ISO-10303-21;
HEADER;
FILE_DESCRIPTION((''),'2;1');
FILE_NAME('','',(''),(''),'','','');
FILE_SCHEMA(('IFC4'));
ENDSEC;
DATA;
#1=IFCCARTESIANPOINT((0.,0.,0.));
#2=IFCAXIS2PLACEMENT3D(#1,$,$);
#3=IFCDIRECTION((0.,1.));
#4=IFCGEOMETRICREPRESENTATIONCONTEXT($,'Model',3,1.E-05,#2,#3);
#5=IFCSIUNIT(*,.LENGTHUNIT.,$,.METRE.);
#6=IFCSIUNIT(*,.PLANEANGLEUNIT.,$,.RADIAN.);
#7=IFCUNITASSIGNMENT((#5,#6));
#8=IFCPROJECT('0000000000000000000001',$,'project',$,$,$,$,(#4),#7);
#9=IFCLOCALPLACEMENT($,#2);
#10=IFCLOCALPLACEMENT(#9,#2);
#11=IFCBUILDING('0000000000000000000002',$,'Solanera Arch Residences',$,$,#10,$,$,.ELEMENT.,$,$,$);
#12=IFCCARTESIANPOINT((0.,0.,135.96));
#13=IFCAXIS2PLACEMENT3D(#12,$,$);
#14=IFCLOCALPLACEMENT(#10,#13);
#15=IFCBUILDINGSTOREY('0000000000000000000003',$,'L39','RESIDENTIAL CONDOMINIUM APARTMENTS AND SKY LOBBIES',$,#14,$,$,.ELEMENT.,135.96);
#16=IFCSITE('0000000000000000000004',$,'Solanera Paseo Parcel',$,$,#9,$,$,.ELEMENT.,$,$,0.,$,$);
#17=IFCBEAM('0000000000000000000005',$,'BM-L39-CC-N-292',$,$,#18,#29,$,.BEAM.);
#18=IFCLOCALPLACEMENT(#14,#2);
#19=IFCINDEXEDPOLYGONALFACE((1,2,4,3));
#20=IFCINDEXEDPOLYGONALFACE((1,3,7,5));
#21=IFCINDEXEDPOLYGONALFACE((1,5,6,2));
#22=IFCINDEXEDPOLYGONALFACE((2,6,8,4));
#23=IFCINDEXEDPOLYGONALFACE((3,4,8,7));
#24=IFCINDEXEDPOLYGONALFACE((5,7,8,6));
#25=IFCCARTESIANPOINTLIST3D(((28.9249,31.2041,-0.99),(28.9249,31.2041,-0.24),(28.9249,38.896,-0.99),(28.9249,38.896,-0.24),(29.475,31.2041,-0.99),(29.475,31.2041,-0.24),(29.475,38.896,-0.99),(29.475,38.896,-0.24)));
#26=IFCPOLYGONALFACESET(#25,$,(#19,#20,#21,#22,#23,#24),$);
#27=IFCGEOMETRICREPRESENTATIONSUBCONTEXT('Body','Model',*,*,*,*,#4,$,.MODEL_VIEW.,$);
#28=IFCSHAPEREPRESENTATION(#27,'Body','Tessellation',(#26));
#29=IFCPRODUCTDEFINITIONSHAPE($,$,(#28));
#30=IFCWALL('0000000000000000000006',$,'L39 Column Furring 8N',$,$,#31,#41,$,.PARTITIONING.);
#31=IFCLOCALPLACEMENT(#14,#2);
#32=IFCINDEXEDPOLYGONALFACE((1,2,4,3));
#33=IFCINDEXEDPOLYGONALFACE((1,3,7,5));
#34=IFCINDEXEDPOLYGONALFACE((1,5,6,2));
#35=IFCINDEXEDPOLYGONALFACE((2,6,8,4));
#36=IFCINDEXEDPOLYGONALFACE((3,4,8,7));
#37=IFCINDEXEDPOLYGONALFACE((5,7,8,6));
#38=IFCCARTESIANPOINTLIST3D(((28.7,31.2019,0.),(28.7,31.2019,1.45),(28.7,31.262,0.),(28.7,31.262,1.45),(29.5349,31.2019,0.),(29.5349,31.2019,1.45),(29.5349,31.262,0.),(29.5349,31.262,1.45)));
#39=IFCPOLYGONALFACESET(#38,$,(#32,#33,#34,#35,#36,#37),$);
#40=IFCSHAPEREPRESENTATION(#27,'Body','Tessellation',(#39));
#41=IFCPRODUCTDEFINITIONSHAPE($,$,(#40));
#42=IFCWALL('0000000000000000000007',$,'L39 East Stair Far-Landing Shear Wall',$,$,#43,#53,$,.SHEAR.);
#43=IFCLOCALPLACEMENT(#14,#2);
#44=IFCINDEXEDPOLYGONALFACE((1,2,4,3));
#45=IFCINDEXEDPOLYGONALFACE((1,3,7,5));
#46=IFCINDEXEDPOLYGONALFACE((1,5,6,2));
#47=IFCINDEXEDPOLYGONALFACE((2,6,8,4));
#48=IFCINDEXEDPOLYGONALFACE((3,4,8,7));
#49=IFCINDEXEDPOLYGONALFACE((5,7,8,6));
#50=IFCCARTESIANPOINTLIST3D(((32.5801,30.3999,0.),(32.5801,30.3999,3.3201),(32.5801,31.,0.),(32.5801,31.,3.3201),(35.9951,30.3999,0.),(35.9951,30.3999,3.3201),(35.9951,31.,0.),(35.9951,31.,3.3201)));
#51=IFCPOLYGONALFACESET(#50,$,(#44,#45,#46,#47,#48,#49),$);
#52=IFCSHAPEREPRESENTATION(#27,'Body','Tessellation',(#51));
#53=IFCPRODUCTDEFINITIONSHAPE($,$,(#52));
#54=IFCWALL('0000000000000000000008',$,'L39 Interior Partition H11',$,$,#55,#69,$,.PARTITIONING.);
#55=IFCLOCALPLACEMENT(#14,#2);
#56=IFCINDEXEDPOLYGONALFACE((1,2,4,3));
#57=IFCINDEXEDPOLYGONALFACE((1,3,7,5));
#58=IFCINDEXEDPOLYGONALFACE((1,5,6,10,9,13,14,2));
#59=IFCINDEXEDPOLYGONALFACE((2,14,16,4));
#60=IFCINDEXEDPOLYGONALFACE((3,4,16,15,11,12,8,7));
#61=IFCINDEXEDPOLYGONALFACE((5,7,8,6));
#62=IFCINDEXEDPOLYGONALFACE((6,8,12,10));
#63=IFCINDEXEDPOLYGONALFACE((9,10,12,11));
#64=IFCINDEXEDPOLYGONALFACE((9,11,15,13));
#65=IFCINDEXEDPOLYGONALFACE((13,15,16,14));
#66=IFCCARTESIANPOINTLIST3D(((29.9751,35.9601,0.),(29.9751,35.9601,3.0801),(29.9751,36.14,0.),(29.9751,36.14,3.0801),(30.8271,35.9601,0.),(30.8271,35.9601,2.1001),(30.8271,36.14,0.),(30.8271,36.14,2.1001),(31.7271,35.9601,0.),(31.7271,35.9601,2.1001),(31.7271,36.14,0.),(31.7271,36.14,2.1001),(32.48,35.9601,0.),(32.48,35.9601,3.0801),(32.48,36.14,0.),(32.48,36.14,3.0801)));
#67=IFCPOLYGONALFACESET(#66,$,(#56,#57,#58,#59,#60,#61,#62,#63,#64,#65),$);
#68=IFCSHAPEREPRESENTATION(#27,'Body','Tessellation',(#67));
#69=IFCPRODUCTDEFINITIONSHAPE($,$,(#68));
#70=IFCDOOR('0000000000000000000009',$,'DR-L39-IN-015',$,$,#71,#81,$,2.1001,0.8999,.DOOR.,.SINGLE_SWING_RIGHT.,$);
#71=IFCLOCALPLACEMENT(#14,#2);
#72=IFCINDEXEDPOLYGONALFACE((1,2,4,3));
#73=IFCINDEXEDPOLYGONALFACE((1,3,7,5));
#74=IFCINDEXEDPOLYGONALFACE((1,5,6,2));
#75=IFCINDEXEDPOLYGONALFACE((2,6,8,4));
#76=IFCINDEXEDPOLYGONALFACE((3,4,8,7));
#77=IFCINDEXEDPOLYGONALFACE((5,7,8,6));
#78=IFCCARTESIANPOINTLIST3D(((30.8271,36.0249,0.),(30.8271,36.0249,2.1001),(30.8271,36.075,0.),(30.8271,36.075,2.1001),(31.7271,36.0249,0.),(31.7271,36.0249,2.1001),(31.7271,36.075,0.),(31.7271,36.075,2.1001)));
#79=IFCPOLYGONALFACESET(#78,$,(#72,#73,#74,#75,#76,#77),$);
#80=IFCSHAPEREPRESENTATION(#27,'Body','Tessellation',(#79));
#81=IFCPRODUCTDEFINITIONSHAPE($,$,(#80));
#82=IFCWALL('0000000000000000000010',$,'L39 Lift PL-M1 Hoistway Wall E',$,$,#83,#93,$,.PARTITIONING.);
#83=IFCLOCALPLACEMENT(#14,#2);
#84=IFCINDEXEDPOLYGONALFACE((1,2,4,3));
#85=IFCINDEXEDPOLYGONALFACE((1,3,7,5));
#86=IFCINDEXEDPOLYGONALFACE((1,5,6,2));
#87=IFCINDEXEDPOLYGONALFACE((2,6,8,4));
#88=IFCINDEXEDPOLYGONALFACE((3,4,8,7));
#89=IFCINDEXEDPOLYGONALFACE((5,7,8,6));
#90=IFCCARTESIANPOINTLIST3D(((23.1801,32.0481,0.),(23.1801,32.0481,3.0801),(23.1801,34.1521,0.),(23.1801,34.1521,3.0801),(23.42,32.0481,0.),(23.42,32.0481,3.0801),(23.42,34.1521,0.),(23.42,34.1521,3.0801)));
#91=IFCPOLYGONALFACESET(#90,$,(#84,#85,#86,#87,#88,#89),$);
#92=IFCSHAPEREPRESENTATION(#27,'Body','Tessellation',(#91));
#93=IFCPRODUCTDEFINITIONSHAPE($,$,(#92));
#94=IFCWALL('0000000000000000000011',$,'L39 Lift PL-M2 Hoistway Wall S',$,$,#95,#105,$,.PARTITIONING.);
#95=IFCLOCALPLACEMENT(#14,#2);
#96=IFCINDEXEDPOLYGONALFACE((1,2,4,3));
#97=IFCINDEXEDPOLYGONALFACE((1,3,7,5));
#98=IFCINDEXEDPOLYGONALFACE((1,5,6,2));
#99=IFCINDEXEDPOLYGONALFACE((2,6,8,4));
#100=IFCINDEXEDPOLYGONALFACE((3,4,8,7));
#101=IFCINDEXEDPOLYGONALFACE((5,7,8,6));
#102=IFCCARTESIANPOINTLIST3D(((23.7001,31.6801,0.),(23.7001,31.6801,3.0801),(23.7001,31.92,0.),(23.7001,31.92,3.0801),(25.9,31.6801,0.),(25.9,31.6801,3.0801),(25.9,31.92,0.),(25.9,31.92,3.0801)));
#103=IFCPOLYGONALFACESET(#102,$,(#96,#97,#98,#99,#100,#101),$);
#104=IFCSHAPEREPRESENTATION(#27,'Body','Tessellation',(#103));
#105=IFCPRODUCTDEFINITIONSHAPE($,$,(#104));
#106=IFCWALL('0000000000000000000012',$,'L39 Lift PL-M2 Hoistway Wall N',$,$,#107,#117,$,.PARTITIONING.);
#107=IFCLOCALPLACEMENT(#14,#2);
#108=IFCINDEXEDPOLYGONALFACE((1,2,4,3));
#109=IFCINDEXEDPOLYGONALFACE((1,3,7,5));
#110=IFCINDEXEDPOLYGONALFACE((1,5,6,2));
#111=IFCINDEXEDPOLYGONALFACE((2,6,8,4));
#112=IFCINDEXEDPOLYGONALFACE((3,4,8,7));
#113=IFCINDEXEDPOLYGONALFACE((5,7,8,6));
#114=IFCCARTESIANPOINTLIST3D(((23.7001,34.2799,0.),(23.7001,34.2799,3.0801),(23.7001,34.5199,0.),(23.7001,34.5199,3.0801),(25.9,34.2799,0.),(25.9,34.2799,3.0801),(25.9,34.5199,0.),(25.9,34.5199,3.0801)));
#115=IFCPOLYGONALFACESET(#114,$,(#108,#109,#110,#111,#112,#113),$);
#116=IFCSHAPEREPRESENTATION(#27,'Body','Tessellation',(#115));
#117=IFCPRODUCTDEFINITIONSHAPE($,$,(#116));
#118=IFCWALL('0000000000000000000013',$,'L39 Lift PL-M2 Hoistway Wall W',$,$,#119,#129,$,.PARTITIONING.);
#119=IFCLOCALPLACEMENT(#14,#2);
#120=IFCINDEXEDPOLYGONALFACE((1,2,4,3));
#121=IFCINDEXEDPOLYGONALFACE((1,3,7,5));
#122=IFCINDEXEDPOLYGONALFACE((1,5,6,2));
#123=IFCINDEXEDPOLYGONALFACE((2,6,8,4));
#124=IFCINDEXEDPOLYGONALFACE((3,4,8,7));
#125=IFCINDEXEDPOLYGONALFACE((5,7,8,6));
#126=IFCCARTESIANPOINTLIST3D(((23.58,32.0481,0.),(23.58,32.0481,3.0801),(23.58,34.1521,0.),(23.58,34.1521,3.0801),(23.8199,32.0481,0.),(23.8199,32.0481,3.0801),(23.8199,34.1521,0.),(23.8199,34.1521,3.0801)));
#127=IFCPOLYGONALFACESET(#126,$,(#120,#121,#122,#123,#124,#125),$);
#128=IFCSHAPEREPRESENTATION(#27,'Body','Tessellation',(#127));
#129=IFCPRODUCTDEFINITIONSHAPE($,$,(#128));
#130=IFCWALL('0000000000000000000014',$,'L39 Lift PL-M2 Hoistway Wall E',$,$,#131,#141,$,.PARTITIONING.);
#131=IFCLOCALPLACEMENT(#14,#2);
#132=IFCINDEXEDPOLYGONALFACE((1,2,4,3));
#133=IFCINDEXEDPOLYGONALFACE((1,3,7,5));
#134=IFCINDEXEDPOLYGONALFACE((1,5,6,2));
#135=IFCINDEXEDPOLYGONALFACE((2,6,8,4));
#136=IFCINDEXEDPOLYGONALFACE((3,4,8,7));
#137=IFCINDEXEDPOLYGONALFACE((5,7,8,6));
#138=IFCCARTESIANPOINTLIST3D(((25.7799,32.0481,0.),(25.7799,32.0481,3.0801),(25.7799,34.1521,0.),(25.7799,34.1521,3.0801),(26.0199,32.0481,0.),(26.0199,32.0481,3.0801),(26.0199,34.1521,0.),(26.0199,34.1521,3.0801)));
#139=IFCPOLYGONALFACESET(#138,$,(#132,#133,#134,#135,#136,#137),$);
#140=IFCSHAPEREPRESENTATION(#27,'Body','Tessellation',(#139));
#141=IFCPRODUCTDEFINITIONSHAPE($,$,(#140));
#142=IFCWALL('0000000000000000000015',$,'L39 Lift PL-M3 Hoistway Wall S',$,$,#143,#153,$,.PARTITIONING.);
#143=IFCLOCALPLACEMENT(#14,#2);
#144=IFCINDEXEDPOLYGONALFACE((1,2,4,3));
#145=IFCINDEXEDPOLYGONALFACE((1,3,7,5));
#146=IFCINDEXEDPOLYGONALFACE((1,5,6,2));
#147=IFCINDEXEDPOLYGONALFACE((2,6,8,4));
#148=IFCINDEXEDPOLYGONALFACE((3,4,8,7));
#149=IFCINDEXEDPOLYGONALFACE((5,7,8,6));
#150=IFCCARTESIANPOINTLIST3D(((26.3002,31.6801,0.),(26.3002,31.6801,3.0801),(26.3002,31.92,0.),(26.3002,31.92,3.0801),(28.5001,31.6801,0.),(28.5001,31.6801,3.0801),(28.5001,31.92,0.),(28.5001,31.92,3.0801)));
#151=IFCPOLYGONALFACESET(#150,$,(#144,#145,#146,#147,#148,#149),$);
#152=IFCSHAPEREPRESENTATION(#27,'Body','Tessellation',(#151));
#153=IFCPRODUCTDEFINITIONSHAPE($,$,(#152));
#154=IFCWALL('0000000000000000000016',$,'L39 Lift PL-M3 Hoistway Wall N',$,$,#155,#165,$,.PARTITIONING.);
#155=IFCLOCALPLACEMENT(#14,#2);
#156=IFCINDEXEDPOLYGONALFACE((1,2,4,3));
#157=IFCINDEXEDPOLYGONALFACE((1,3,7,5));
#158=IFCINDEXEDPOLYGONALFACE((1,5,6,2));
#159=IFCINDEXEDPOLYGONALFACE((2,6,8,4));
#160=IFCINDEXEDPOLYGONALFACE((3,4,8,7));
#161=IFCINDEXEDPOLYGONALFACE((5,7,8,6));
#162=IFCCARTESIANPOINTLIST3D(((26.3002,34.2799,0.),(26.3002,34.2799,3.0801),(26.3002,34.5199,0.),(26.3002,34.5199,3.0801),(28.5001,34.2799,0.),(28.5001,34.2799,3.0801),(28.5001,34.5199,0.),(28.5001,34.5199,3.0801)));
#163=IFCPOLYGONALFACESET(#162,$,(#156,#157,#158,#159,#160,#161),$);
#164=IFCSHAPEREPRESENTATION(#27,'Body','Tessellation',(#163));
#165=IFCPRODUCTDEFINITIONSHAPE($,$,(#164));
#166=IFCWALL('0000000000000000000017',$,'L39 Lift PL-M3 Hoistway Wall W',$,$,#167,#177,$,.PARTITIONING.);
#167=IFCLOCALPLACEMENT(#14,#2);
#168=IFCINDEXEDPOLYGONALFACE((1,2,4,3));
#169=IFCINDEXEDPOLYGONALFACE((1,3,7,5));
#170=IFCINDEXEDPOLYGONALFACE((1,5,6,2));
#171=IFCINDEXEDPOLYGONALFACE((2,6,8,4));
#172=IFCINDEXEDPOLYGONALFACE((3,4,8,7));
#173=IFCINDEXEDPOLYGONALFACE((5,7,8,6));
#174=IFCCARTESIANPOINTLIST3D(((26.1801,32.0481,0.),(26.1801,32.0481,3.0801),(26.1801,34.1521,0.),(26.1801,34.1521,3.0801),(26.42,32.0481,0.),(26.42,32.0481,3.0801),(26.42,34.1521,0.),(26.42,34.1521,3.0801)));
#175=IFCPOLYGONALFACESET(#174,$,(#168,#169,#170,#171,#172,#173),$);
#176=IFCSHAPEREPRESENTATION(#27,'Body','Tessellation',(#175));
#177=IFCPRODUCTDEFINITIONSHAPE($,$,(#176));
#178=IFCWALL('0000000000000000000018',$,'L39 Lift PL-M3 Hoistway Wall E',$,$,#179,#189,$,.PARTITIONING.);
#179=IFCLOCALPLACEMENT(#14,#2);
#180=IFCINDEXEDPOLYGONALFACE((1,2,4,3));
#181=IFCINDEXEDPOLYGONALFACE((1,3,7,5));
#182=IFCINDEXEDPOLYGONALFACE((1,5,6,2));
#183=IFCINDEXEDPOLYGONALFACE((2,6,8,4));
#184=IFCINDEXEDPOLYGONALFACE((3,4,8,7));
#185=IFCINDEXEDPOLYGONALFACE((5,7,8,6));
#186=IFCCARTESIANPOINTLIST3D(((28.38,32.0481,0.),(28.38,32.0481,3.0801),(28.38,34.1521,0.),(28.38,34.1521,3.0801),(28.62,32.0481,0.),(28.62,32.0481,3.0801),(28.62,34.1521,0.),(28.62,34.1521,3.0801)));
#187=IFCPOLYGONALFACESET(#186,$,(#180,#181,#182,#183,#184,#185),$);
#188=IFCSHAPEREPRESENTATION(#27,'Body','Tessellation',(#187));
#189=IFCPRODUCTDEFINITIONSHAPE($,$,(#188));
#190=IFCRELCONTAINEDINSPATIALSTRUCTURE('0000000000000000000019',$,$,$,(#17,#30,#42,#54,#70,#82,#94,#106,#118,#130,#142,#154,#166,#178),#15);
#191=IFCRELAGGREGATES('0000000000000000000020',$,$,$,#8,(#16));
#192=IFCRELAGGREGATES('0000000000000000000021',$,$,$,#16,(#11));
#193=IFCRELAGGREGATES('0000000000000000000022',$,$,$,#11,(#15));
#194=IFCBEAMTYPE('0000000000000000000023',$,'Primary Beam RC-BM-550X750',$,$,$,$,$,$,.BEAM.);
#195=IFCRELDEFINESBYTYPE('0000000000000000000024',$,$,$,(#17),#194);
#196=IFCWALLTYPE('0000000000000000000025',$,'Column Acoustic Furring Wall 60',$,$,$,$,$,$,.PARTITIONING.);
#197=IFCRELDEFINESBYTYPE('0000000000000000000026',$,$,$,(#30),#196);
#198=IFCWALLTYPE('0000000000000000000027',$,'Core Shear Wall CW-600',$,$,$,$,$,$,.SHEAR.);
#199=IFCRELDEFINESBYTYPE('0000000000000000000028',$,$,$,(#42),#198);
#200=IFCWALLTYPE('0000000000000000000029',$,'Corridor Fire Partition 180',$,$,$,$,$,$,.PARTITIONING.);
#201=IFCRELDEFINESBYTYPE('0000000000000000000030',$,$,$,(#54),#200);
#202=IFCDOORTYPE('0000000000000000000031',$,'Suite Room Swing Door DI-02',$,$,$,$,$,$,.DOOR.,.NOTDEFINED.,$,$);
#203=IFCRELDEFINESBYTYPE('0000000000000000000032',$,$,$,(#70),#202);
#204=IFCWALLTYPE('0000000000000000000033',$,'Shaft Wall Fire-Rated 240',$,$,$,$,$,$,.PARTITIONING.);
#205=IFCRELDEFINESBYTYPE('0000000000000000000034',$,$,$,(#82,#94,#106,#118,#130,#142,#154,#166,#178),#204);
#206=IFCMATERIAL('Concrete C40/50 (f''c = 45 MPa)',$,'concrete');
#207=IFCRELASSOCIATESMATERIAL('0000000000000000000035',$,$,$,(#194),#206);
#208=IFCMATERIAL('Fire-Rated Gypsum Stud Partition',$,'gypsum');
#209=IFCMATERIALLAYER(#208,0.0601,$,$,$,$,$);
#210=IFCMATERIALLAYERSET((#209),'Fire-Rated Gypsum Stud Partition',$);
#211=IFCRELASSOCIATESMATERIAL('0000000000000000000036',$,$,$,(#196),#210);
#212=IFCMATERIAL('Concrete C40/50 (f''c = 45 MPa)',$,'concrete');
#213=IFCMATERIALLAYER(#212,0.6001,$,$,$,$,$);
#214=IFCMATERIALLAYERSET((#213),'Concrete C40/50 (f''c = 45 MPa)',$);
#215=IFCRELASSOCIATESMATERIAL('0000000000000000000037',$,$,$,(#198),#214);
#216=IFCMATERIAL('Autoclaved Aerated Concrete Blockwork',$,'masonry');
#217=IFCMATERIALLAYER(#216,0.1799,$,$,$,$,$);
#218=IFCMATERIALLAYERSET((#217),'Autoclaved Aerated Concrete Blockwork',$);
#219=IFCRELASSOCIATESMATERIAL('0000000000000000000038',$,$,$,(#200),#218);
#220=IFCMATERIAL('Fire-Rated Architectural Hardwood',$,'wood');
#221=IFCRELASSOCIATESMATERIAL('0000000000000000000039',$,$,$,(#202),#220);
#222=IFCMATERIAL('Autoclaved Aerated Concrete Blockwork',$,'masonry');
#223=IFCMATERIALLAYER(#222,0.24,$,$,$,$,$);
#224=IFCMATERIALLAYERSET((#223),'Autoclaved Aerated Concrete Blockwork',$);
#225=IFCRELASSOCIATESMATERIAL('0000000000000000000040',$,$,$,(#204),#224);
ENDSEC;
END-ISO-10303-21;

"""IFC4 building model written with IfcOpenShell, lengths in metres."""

from ifc_helpers import new_model, si_unit, direction, frame, frame_2d, origin, origin_2d, place, context, subcontext, project, spatial, rectangle, extrude, material, layer, layer_set, material_profile, profile_set, type_object, element, fill, save


model = new_model("IFC4")

# Units and contexts
model_context = context("Model", 3, precision=1e-05, world=origin(), true_north=direction((0.0, 1.0)))
body_context = subcontext(model_context, "Body", "Model", "MODEL_VIEW")
ifc_project = project(units=[si_unit("LENGTHUNIT", "METRE"), si_unit("PLANEANGLEUNIT", "RADIAN")], contexts=[model_context])

# Site, building, storey
site_placement = place(None, origin())
site = spatial("IfcSite", under=ifc_project, at=site_placement, Name="Solanera Paseo Parcel", CompositionType="ELEMENT", RefElevation=0.0)
building_placement = place(site_placement, origin())
building = spatial("IfcBuilding", under=site, at=building_placement, Name="Solanera Arch Residences", CompositionType="ELEMENT")
storey_placement = place(building_placement, frame((0.0, 0.0, 135.96)))
storey = spatial("IfcBuildingStorey", under=building, at=storey_placement, Name="L39", Description="RESIDENTIAL CONDOMINIUM APARTMENTS AND SKY LOBBIES", CompositionType="ELEMENT", Elevation=135.96)

# Beam
ifc_material_1 = material(Name="Concrete C40/50 (f'c = 45 MPa)", Category="concrete")
ifc_material_profile = material_profile(ifc_material_1, rectangle(XDim=0.55, YDim=0.75, at=origin_2d()))
ifc_profile_set = profile_set([ifc_material_profile], Name="Concrete C40/50 (f'c = 45 MPa)")
beam_type = type_object("IfcBeamType", Name="Primary Beam RC-BM-550X750", PredefinedType="BEAM", material=ifc_profile_set)
beam_placement = place(storey_placement, frame((29.2, 31.2041, -0.615), z_axis=(0.0, 1.0, 0.0), x_axis=(-1.0, 0.0, 0.0)))
element("IfcBeam", 1, at=beam_placement, inside=storey, type_object=beam_type, Name="BM-L39-CC-N-292", PredefinedType="BEAM", context=body_context, shape_type="SweptSolid", body=[
    extrude(rectangle(XDim=0.55, YDim=0.75, at=origin_2d()), origin(), (0.0, 0.0, 1.0), 7.6919),
])

# Wall
ifc_material_2 = material(Name="Fire-Rated Gypsum Stud Partition", Category="gypsum")
ifc_layer_1 = layer(ifc_material_2, 0.0601)
ifc_layer_set_1 = layer_set([ifc_layer_1], Name="Fire-Rated Gypsum Stud Partition")
wall_type_1 = type_object("IfcWallType", Name="Column Acoustic Furring Wall 60", PredefinedType="PARTITIONING", material=ifc_layer_set_1)
wall_1_placement = place(storey_placement, frame((28.7, 31.2319, 0.0), z_axis=(0.0, 0.0, 1.0), x_axis=(1.0, 0.0, 0.0)))
element("IfcWall", 2, at=wall_1_placement, inside=storey, type_object=wall_type_1, Name="L39 Column Furring 8N", PredefinedType="PARTITIONING", context=body_context, shape_type="SweptSolid", body=[
    extrude(rectangle(XDim=0.835, YDim=0.0601, at=frame_2d((0.4175, 0.0))), origin(), (0.0, 0.0, 1.0), 1.45),
])

# Wall
ifc_material_3 = material(Name="Concrete C40/50 (f'c = 45 MPa)", Category="concrete")
ifc_layer_2 = layer(ifc_material_3, 0.6001)
ifc_layer_set_2 = layer_set([ifc_layer_2], Name="Concrete C40/50 (f'c = 45 MPa)")
wall_type_2 = type_object("IfcWallType", Name="Core Shear Wall CW-600", PredefinedType="SHEAR", material=ifc_layer_set_2)
wall_2_placement = place(storey_placement, frame((32.5801, 30.7, 0.0), z_axis=(0.0, 0.0, 1.0), x_axis=(1.0, 0.0, 0.0)))
element("IfcWall", 3, at=wall_2_placement, inside=storey, type_object=wall_type_2, Name="L39 East Stair Far-Landing Shear Wall", PredefinedType="SHEAR", context=body_context, shape_type="SweptSolid", body=[
    extrude(rectangle(XDim=3.415, YDim=0.6001, at=frame_2d((1.7075, 0.0))), origin(), (0.0, 0.0, 1.0), 3.3201),
])

# Wall, opening, door
ifc_material_4 = material(Name="Autoclaved Aerated Concrete Blockwork", Category="masonry")
ifc_layer_3 = layer(ifc_material_4, 0.1799)
ifc_layer_set_3 = layer_set([ifc_layer_3], Name="Autoclaved Aerated Concrete Blockwork")
wall_type_3 = type_object("IfcWallType", Name="Corridor Fire Partition 180", PredefinedType="PARTITIONING", material=ifc_layer_set_3)
wall_3_placement = place(storey_placement, frame((29.9751, 36.05, 0.0), z_axis=(0.0, 0.0, 1.0), x_axis=(1.0, 0.0, 0.0)))
wall_3 = element("IfcWall", 4, at=wall_3_placement, inside=storey, type_object=wall_type_3, Name="L39 Interior Partition H11", PredefinedType="PARTITIONING", context=body_context, shape_type="SweptSolid", body=[
    extrude(rectangle(XDim=2.5049, YDim=0.1799, at=frame_2d((1.2524, 0.0))), origin(), (0.0, 0.0, 1.0), 3.0801),
])
opening_1_placement = place(wall_3_placement, frame((0.8521, 0.0, 0.0)))
opening_1 = element("IfcOpeningElement", 5, at=opening_1_placement, cuts=wall_3, PredefinedType="OPENING", context=body_context, shape_type="SweptSolid", body=[
    extrude(rectangle(XDim=0.8999, YDim=2.1001, at=frame_2d((0.45, 1.05))), frame((0.0, 0.1001, 0.0), z_axis=(0.0, -1.0, 0.0), x_axis=(1.0, 0.0, 0.0)), (0.0, 0.0, 1.0), 0.1999),
])
ifc_material_5 = material(Name="Fire-Rated Architectural Hardwood", Category="wood")
door_type_1 = type_object("IfcDoorType", Name="Suite Room Swing Door DI-02", OperationType="NOTDEFINED", PredefinedType="DOOR", material=ifc_material_5)
door_1_placement = place(opening_1_placement, origin())
door_1 = element("IfcDoor", 6, at=door_1_placement, inside=storey, type_object=door_type_1, Name="DR-L39-IN-015", OperationType="SINGLE_SWING_RIGHT", OverallHeight=2.1001, OverallWidth=0.8999, PredefinedType="DOOR", context=body_context, shape_type="SweptSolid", body=[
    extrude(rectangle(XDim=0.8999, YDim=2.1001, at=frame_2d((0.45, 1.05))), frame((0.0, 0.0249, 0.0), z_axis=(0.0, -1.0, 0.0), x_axis=(1.0, 0.0, 0.0)), (0.0, 0.0, 1.0), 0.05),
])
fill(opening_1, door_1)

# Walls
ifc_material_6 = material(Name="Autoclaved Aerated Concrete Blockwork", Category="masonry")
ifc_layer_4 = layer(ifc_material_6, 0.24)
ifc_layer_set_4 = layer_set([ifc_layer_4], Name="Autoclaved Aerated Concrete Blockwork")
wall_type_4 = type_object("IfcWallType", Name="Shaft Wall Fire-Rated 240", PredefinedType="PARTITIONING", material=ifc_layer_set_4)
wall_4_placement = place(storey_placement, frame((23.3, 32.0481, 0.0), z_axis=(0.0, 0.0, 1.0), x_axis=(0.0, 1.0, 0.0)))
element("IfcWall", 7, at=wall_4_placement, inside=storey, type_object=wall_type_4, Name="L39 Lift PL-M1 Hoistway Wall E", PredefinedType="PARTITIONING", context=body_context, shape_type="SweptSolid", body=[
    extrude(rectangle(XDim=2.104, YDim=0.24, at=frame_2d((1.052, 0.0))), origin(), (0.0, 0.0, 1.0), 3.0801),
])
for number, where, z_axis, x_axis, name in (
    (8, (23.7, 31.8, 0.0), (0.0, 0.0, 1.0), (1.0, 0.0, 0.0), "L39 Lift PL-M2 Hoistway Wall S"),
    (9, (23.7, 34.3999, 0.0), (0.0, 0.0, 1.0), (1.0, 0.0, 0.0), "L39 Lift PL-M2 Hoistway Wall N"),
):
    element("IfcWall", number, at=place(storey_placement, frame(where, z_axis=z_axis, x_axis=x_axis)), inside=storey, type_object=wall_type_4, Name=name, PredefinedType="PARTITIONING", context=body_context, shape_type="SweptSolid", body=[
        extrude(rectangle(XDim=2.2, YDim=0.24, at=frame_2d((1.1001, 0.0))), origin(), (0.0, 0.0, 1.0), 3.0801),
    ])
for number, where, z_axis, x_axis, name in (
    (10, (23.7, 32.0481, 0.0), (0.0, 0.0, 1.0), (0.0, 1.0, 0.0), "L39 Lift PL-M2 Hoistway Wall W"),
    (11, (25.8999, 32.0481, 0.0), (0.0, 0.0, 1.0), (0.0, 1.0, 0.0), "L39 Lift PL-M2 Hoistway Wall E"),
):
    element("IfcWall", number, at=place(storey_placement, frame(where, z_axis=z_axis, x_axis=x_axis)), inside=storey, type_object=wall_type_4, Name=name, PredefinedType="PARTITIONING", context=body_context, shape_type="SweptSolid", body=[
        extrude(rectangle(XDim=2.104, YDim=0.24, at=frame_2d((1.052, 0.0))), origin(), (0.0, 0.0, 1.0), 3.0801),
    ])
for number, where, z_axis, x_axis, name in (
    (12, (26.3, 31.8, 0.0), (0.0, 0.0, 1.0), (1.0, 0.0, 0.0), "L39 Lift PL-M3 Hoistway Wall S"),
    (13, (26.3, 34.3999, 0.0), (0.0, 0.0, 1.0), (1.0, 0.0, 0.0), "L39 Lift PL-M3 Hoistway Wall N"),
):
    element("IfcWall", number, at=place(storey_placement, frame(where, z_axis=z_axis, x_axis=x_axis)), inside=storey, type_object=wall_type_4, Name=name, PredefinedType="PARTITIONING", context=body_context, shape_type="SweptSolid", body=[
        extrude(rectangle(XDim=2.2, YDim=0.24, at=frame_2d((1.1001, 0.0))), origin(), (0.0, 0.0, 1.0), 3.0801),
    ])
for number, where, z_axis, x_axis, name in (
    (14, (26.3, 32.0481, 0.0), (0.0, 0.0, 1.0), (0.0, 1.0, 0.0), "L39 Lift PL-M3 Hoistway Wall W"),
    (15, (28.5, 32.0481, 0.0), (0.0, 0.0, 1.0), (0.0, 1.0, 0.0), "L39 Lift PL-M3 Hoistway Wall E"),
):
    element("IfcWall", number, at=place(storey_placement, frame(where, z_axis=z_axis, x_axis=x_axis)), inside=storey, type_object=wall_type_4, Name=name, PredefinedType="PARTITIONING", context=body_context, shape_type="SweptSolid", body=[
        extrude(rectangle(XDim=2.104, YDim=0.24, at=frame_2d((1.052, 0.0))), origin(), (0.0, 0.0, 1.0), 3.0801),
    ])

save(model, "model.ifc")
